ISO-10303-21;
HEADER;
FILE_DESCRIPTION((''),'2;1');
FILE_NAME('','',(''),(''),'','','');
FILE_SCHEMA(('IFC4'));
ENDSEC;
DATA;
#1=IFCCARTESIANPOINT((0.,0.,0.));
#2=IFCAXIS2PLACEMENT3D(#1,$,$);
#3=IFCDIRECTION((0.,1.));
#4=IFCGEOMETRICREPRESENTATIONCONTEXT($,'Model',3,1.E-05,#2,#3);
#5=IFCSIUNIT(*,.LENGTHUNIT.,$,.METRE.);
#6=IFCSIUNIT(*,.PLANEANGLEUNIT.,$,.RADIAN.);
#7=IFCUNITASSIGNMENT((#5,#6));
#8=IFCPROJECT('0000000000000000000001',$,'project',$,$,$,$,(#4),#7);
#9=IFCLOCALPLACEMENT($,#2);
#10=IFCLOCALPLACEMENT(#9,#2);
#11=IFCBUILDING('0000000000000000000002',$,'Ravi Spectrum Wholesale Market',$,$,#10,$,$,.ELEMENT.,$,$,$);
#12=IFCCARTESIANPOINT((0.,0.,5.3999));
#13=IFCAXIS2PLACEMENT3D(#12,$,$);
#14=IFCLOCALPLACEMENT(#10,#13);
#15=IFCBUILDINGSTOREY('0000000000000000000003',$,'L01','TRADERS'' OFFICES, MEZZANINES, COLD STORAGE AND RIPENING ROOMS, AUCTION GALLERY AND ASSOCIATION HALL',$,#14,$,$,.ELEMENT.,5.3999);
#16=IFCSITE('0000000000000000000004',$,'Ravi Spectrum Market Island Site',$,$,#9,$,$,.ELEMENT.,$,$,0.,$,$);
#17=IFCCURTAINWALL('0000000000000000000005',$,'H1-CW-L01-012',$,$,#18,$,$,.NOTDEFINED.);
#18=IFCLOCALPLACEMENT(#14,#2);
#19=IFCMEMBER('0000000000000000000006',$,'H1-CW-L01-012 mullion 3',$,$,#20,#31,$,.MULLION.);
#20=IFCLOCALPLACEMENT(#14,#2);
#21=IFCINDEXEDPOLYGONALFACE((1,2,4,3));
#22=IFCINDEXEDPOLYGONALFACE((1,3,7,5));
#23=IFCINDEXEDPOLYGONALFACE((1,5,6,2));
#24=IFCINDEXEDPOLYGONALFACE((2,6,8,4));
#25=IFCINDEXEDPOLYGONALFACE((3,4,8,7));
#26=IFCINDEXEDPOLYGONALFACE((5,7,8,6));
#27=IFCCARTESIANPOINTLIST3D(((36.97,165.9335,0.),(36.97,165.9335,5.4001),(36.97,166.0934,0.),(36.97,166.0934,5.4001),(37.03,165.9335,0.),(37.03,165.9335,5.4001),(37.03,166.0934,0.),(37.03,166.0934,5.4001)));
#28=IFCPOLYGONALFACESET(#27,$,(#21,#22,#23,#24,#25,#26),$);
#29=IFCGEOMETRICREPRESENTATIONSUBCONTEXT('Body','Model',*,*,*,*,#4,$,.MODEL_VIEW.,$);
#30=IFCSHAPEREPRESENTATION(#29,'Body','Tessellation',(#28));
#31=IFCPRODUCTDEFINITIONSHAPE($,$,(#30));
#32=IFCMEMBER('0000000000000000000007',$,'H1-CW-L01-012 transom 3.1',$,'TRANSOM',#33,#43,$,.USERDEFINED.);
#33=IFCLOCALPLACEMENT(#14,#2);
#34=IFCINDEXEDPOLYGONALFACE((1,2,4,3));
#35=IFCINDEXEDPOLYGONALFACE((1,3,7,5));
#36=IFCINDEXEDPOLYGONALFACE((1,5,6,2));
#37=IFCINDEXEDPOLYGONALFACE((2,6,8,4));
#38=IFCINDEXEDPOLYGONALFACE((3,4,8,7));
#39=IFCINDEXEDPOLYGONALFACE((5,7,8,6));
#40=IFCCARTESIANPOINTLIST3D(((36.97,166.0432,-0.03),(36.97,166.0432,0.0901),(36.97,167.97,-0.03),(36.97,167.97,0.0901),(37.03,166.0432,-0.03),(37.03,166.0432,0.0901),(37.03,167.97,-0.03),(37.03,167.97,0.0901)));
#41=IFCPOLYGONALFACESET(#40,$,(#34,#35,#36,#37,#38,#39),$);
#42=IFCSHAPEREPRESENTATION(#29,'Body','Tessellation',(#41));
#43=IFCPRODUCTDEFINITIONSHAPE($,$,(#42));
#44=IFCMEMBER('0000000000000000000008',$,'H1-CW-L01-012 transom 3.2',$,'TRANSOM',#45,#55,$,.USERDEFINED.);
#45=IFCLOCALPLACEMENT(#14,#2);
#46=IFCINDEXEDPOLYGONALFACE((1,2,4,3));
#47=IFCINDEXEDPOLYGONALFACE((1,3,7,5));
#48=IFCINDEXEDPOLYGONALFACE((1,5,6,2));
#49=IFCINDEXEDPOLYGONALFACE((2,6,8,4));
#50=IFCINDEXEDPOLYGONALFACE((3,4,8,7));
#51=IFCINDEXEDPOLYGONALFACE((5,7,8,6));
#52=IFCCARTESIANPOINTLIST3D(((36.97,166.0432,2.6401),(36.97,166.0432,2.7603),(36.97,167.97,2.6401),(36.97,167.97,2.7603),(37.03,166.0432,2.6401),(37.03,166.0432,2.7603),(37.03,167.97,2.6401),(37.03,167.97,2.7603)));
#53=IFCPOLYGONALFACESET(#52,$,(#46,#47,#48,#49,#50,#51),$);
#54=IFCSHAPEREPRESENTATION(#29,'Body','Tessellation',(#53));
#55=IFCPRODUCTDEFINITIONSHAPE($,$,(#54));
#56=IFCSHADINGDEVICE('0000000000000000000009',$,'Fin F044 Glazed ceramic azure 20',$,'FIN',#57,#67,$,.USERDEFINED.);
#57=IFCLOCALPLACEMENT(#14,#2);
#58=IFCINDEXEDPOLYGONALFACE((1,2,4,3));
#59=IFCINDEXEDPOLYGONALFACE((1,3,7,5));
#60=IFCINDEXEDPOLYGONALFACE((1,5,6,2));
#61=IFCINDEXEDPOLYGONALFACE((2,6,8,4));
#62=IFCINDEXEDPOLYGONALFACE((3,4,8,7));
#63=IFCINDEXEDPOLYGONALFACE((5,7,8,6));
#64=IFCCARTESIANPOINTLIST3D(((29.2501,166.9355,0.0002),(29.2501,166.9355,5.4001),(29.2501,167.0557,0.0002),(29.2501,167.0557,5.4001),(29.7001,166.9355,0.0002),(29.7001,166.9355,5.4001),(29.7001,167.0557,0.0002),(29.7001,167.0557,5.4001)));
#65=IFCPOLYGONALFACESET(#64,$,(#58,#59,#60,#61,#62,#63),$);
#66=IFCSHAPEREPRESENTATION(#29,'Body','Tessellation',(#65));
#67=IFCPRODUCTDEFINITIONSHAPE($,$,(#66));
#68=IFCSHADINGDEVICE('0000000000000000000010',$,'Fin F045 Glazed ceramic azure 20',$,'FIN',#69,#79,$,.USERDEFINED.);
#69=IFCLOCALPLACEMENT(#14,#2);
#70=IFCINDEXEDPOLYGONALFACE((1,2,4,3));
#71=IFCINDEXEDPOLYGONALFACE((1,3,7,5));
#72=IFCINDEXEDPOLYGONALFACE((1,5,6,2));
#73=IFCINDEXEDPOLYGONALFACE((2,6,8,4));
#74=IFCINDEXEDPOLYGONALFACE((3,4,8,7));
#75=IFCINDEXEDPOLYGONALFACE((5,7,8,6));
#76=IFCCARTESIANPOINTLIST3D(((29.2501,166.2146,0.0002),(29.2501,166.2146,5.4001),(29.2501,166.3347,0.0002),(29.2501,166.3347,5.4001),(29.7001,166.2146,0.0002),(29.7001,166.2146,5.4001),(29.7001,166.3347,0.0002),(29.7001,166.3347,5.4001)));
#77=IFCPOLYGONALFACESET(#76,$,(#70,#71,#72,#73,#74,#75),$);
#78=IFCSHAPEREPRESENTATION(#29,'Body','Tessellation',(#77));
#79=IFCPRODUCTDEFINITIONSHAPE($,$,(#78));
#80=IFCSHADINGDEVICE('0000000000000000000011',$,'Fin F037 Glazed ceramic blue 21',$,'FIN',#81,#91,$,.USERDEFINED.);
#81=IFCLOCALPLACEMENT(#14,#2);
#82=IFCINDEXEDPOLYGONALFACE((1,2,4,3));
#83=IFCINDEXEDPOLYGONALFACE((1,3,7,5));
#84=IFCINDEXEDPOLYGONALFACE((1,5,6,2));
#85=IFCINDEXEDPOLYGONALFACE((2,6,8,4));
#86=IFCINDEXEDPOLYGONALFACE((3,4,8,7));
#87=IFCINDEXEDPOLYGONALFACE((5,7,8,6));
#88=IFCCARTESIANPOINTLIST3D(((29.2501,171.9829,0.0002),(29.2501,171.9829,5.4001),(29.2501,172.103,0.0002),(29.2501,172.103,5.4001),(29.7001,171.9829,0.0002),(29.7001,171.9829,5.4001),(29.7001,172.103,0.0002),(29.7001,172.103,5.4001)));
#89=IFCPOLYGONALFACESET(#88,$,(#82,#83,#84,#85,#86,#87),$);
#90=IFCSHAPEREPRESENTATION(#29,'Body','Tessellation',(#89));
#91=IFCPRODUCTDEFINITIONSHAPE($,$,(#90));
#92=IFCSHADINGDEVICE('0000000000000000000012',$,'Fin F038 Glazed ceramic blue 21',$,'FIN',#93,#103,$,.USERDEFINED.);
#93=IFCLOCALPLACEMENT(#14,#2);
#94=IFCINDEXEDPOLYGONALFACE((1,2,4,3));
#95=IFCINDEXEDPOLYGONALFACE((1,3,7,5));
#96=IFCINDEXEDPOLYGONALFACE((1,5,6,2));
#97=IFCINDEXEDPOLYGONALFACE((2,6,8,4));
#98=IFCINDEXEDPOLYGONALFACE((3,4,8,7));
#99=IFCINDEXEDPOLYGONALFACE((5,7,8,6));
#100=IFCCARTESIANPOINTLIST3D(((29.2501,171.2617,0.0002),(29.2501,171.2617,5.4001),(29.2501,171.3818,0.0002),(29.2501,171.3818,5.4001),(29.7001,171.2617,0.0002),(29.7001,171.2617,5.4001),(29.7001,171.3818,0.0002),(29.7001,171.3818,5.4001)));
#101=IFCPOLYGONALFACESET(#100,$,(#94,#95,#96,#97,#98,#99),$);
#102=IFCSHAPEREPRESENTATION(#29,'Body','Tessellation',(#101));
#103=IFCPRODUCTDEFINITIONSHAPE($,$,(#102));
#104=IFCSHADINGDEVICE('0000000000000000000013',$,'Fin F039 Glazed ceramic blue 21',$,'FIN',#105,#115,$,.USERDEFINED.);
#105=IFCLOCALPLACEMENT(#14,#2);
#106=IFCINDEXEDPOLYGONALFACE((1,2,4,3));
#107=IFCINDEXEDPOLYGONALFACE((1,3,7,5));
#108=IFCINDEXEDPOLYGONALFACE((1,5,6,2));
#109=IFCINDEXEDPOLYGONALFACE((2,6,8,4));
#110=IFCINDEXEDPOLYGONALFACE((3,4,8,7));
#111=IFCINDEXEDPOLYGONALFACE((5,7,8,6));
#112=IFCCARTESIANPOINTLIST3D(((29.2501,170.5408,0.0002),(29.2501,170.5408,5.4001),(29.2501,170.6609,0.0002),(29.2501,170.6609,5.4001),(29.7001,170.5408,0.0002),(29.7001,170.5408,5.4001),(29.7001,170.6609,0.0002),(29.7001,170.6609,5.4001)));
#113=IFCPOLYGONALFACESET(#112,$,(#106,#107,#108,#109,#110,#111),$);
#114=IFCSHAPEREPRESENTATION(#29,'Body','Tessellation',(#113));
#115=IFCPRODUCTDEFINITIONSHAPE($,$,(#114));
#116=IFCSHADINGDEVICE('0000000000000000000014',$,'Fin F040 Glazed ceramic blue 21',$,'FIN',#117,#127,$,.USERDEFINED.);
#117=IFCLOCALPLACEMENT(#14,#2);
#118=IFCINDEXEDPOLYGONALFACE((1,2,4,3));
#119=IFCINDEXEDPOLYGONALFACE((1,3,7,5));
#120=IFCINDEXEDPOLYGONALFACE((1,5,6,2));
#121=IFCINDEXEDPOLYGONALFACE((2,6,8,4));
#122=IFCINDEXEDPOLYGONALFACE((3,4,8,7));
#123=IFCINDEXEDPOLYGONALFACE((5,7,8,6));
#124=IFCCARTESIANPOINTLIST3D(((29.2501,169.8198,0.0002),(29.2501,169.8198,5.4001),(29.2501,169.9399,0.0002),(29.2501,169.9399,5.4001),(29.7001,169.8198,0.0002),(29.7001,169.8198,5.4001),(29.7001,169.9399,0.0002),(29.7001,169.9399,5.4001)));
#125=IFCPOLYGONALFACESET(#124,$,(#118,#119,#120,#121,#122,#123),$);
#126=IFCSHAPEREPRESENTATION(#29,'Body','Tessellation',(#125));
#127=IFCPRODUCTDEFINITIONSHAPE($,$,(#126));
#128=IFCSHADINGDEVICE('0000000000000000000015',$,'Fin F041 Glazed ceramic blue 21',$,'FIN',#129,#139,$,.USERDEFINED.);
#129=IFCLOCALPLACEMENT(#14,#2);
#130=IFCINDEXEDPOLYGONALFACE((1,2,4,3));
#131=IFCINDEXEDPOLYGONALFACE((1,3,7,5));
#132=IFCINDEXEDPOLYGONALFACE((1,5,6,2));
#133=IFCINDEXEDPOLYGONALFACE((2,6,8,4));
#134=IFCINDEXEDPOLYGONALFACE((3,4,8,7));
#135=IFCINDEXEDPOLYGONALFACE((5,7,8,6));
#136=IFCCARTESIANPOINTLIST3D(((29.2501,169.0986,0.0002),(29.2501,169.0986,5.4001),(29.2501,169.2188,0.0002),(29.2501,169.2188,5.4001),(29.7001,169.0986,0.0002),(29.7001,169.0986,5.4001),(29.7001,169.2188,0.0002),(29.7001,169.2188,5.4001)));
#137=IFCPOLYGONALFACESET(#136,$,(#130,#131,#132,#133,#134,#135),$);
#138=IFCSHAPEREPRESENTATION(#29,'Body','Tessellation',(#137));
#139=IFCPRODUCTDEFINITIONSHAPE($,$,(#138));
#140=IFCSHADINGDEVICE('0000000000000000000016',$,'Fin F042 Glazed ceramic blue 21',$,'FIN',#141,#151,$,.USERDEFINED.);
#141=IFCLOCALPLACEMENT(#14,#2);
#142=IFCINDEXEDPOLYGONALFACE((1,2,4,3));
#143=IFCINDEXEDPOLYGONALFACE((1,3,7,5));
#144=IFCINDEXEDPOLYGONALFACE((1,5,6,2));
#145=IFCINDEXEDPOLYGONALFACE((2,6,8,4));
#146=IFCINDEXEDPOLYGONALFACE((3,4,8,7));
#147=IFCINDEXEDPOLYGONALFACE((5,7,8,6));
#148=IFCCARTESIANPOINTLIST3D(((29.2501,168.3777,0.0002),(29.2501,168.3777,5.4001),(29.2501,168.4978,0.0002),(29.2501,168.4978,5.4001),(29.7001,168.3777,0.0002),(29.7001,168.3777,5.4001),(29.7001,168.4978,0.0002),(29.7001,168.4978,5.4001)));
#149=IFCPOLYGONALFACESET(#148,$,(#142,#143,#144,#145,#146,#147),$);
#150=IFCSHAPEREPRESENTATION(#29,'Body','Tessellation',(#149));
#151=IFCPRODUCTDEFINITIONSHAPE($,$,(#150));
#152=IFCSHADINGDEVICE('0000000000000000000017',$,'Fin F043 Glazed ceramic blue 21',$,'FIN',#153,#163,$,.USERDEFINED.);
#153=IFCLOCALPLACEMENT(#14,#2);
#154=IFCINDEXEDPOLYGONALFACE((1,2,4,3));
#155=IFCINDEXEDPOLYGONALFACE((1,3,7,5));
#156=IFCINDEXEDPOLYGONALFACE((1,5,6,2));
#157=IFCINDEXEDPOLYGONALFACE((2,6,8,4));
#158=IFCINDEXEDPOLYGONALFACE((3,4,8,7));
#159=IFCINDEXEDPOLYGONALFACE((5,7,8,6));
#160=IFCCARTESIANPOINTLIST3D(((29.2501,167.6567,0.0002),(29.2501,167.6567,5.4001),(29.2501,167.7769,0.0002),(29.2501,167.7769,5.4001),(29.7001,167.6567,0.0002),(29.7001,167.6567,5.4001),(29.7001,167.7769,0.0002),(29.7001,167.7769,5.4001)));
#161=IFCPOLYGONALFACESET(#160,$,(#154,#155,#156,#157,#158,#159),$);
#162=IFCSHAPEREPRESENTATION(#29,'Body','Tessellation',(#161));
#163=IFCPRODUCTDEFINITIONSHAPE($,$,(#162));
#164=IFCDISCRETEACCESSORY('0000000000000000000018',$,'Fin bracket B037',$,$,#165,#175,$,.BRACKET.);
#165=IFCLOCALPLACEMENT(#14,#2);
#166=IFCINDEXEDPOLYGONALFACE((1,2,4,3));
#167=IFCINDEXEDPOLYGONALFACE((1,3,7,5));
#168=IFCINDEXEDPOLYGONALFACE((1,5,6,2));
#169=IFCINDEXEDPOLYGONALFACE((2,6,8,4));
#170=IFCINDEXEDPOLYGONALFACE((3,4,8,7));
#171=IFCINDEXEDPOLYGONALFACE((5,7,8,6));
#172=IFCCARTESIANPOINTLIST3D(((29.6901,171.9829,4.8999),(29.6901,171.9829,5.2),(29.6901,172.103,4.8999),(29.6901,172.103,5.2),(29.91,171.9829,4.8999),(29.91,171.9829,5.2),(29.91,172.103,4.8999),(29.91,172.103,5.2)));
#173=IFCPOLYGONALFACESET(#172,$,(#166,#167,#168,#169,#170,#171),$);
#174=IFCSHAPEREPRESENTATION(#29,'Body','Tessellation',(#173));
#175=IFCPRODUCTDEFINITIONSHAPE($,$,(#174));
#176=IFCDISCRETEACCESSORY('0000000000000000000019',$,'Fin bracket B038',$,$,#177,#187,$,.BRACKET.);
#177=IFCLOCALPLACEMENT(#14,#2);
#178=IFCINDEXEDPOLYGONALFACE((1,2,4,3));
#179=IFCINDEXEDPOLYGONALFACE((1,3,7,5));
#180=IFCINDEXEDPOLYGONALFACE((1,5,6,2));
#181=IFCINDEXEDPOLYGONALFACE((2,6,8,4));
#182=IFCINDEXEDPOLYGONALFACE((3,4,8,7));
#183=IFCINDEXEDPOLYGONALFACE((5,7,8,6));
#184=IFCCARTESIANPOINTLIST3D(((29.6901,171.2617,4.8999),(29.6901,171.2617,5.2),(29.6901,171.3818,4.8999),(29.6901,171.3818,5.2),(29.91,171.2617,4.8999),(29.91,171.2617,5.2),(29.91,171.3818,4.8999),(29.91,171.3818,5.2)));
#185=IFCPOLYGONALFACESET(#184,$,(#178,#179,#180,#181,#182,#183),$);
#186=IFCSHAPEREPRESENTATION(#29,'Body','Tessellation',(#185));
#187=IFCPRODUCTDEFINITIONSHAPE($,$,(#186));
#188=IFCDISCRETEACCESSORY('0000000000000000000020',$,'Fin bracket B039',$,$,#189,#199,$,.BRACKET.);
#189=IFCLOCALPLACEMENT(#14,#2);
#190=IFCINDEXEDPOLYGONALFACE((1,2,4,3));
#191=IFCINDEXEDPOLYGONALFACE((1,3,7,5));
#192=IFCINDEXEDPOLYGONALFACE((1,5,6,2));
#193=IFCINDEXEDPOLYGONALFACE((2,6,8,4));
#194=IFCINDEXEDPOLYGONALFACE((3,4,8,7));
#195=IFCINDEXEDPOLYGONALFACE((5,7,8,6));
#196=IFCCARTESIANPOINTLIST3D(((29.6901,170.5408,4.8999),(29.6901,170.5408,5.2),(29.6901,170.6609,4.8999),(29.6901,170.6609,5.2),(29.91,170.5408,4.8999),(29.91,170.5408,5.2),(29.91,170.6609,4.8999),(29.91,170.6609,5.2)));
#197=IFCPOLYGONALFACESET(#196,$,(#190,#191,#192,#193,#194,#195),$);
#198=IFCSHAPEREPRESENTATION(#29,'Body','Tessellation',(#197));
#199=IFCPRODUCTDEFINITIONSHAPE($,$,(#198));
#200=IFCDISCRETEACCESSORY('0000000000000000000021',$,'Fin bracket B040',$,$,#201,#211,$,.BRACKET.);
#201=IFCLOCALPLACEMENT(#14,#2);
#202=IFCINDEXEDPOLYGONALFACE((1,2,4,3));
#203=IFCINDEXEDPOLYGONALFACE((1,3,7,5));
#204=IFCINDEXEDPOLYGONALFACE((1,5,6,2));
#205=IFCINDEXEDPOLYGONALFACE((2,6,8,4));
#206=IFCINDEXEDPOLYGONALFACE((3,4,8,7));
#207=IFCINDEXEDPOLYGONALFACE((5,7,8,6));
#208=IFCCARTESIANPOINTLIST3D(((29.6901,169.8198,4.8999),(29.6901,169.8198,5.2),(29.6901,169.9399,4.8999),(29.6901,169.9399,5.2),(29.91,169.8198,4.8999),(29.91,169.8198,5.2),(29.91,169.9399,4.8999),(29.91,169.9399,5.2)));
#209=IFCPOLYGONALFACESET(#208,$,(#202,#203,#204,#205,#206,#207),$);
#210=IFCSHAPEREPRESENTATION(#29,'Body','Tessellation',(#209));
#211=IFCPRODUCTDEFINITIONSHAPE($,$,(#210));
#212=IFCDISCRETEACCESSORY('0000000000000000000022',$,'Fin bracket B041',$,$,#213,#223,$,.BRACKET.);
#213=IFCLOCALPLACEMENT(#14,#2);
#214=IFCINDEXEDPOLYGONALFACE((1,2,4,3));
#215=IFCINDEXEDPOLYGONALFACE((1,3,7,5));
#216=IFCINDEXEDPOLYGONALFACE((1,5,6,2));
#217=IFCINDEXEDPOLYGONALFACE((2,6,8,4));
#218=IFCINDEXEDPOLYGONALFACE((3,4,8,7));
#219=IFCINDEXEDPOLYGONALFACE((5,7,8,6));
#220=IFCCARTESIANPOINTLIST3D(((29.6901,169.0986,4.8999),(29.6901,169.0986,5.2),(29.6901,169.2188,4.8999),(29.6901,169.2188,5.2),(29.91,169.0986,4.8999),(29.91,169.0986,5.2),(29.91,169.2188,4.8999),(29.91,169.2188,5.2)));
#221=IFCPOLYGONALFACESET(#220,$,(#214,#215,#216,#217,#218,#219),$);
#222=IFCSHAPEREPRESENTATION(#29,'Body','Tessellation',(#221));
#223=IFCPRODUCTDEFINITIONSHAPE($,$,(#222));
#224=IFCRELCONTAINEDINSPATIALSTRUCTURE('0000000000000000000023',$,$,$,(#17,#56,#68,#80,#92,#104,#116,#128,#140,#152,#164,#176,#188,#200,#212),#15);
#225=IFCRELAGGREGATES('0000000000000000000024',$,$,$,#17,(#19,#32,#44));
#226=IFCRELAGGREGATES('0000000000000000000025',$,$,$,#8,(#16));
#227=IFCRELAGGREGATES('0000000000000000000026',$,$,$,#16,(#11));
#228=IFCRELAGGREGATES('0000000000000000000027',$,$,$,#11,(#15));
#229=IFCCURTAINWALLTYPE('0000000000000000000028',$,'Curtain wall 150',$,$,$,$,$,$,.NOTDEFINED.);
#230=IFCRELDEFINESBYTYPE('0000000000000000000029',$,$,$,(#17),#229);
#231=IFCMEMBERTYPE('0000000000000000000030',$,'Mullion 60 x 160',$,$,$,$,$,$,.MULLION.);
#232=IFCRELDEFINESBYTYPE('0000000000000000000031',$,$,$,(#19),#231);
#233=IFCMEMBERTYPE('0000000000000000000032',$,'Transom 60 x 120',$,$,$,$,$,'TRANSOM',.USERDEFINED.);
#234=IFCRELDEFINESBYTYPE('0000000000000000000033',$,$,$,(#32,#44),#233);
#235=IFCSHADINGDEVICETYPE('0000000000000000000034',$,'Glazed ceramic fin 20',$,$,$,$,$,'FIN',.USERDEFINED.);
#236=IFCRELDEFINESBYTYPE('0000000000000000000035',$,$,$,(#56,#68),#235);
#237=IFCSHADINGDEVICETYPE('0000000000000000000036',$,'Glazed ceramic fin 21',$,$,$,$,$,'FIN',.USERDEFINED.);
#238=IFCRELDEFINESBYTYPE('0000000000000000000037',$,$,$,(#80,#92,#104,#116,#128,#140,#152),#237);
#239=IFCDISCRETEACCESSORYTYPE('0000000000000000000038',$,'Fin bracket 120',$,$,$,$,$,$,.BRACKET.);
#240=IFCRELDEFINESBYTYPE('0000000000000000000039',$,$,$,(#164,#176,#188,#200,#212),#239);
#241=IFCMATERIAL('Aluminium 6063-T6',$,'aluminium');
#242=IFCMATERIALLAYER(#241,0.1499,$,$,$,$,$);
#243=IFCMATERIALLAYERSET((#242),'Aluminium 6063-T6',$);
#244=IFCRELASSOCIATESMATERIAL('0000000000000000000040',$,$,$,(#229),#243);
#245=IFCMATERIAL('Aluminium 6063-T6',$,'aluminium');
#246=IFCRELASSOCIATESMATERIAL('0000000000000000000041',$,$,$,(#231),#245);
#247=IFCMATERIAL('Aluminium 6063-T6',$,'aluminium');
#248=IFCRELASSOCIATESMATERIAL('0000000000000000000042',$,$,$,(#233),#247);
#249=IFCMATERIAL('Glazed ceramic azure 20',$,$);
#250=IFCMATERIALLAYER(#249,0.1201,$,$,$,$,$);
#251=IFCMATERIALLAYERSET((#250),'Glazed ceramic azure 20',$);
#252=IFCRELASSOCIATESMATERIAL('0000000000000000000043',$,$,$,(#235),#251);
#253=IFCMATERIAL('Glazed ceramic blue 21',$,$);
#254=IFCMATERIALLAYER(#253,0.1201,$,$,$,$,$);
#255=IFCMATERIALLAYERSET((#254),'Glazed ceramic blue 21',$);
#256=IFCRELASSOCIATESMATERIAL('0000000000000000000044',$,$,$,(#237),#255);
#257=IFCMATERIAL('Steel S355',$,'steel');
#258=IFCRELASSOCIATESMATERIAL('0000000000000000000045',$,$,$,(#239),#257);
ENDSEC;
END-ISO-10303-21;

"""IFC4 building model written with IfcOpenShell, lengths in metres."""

from ifc_helpers import new_model, si_unit, direction, frame, origin, origin_2d, place, context, subcontext, project, spatial, rectangle, extrude, material, layer, layer_set, material_profile, profile_set, type_object, element, aggregate, save


model = new_model("IFC4")

# Units and contexts
model_context = context("Model", 3, precision=1e-05, world=origin(), true_north=direction((0.0, 1.0)))
body_context = subcontext(model_context, "Body", "Model", "MODEL_VIEW")
ifc_project = project(units=[si_unit("LENGTHUNIT", "METRE"), si_unit("PLANEANGLEUNIT", "RADIAN")], contexts=[model_context])

# Site, building, storey
site_placement = place(None, origin())
site = spatial("IfcSite", under=ifc_project, at=site_placement, Name="Ravi Spectrum Market Island Site", CompositionType="ELEMENT", RefElevation=0.0)
building_placement = place(site_placement, origin())
building = spatial("IfcBuilding", under=site, at=building_placement, Name="Ravi Spectrum Wholesale Market", CompositionType="ELEMENT")
storey_placement = place(building_placement, frame((0.0, 0.0, 5.3999)))
storey = spatial("IfcBuildingStorey", under=building, at=storey_placement, Name="L01", Description="TRADERS' OFFICES, MEZZANINES, COLD STORAGE AND RIPENING ROOMS, AUCTION GALLERY AND ASSOCIATION HALL", CompositionType="ELEMENT", Elevation=5.3999)

# Curtain wall, members
ifc_material_1 = material(Name="Aluminium 6063-T6", Category="aluminium")
ifc_layer_1 = layer(ifc_material_1, 0.1499)
ifc_layer_set_1 = layer_set([ifc_layer_1], Name="Aluminium 6063-T6")
curtain_wall_type = type_object("IfcCurtainWallType", Name="Curtain wall 150", PredefinedType="NOTDEFINED", material=ifc_layer_set_1)
curtain_wall_placement = place(storey_placement, origin())
curtain_wall = element("IfcCurtainWall", 1, at=curtain_wall_placement, inside=storey, type_object=curtain_wall_type, Name="H1-CW-L01-012", PredefinedType="NOTDEFINED")
ifc_material_2 = material(Name="Aluminium 6063-T6", Category="aluminium")
ifc_material_profile_1 = material_profile(ifc_material_2, rectangle(XDim=0.0601, YDim=0.1599, at=origin_2d()))
ifc_profile_set_1 = profile_set([ifc_material_profile_1], Name="Aluminium 6063-T6")
member_type_1 = type_object("IfcMemberType", Name="Mullion 60 x 160", PredefinedType="MULLION", material=ifc_profile_set_1)
member_1_placement = place(storey_placement, frame((37.0, 166.0134, 0.0), z_axis=(0.0, 0.0, 1.0), x_axis=(-1.0, 0.0, 0.0)))
member_1 = element("IfcMember", 2, at=member_1_placement, type_object=member_type_1, Name="H1-CW-L01-012 mullion 3", PredefinedType="MULLION", context=body_context, shape_type="SweptSolid", body=[
    extrude(rectangle(XDim=0.0601, YDim=0.1599, at=origin_2d()), origin(), (0.0, 0.0, 1.0), 5.4001),
])
ifc_material_3 = material(Name="Aluminium 6063-T6", Category="aluminium")
ifc_material_profile_2 = material_profile(ifc_material_3, rectangle(XDim=0.0601, YDim=0.1201, at=origin_2d()))
ifc_profile_set_2 = profile_set([ifc_material_profile_2], Name="Aluminium 6063-T6")
member_type_2 = type_object("IfcMemberType", Name="Transom 60 x 120", ElementType="TRANSOM", PredefinedType="USERDEFINED", material=ifc_profile_set_2)
member_2_placement = place(storey_placement, frame((37.0, 166.0432, 0.03), z_axis=(0.0, 1.0, 0.0), x_axis=(-1.0, 0.0, 0.0)))
member_2 = element("IfcMember", 3, at=member_2_placement, type_object=member_type_2, Name="H1-CW-L01-012 transom 3.1", ObjectType="TRANSOM", PredefinedType="USERDEFINED", context=body_context, shape_type="SweptSolid", body=[
    extrude(rectangle(XDim=0.0601, YDim=0.1201, at=origin_2d()), origin(), (0.0, 0.0, 1.0), 1.9268),
])
member_3_placement = place(storey_placement, frame((37.0, 166.0432, 2.7002), z_axis=(0.0, 1.0, 0.0), x_axis=(-1.0, 0.0, 0.0)))
member_3 = element("IfcMember", 4, at=member_3_placement, type_object=member_type_2, Name="H1-CW-L01-012 transom 3.2", ObjectType="TRANSOM", PredefinedType="USERDEFINED", context=body_context, shape_type="SweptSolid", body=[
    extrude(rectangle(XDim=0.0601, YDim=0.1201, at=origin_2d()), origin(), (0.0, 0.0, 1.0), 1.9268),
])
aggregate(curtain_wall, [member_1, member_2, member_3])

# Shading devices
ifc_material_4 = material(Name="Glazed ceramic azure 20")
ifc_layer_2 = layer(ifc_material_4, 0.1201)
ifc_layer_set_2 = layer_set([ifc_layer_2], Name="Glazed ceramic azure 20")
shading_device_type_1 = type_object("IfcShadingDeviceType", Name="Glazed ceramic fin 20", ElementType="FIN", PredefinedType="USERDEFINED", material=ifc_layer_set_2)
for number, where, z_axis, x_axis, name in (
    (5, (29.4751, 166.9956, 0.0002), (0.0, 0.0, 1.0), (0.0, -1.0, 0.0), "Fin F044 Glazed ceramic azure 20"),
    (6, (29.4751, 166.2747, 0.0002), (0.0, 0.0, 1.0), (0.0, -1.0, 0.0), "Fin F045 Glazed ceramic azure 20"),
):
    element("IfcShadingDevice", number, at=place(storey_placement, frame(where, z_axis=z_axis, x_axis=x_axis)), inside=storey, type_object=shading_device_type_1, Name=name, ObjectType="FIN", PredefinedType="USERDEFINED", context=body_context, shape_type="SweptSolid", body=[
        extrude(rectangle(XDim=0.1201, YDim=0.45, at=origin_2d()), origin(), (0.0, 0.0, 1.0), 5.3999),
    ])
ifc_material_5 = material(Name="Glazed ceramic blue 21")
ifc_layer_3 = layer(ifc_material_5, 0.1201)
ifc_layer_set_3 = layer_set([ifc_layer_3], Name="Glazed ceramic blue 21")
shading_device_type_2 = type_object("IfcShadingDeviceType", Name="Glazed ceramic fin 21", ElementType="FIN", PredefinedType="USERDEFINED", material=ifc_layer_set_3)
for number, where, z_axis, x_axis, name in (
    (7, (29.4751, 172.043, 0.0002), (0.0, 0.0, 1.0), (0.0, -1.0, 0.0), "Fin F037 Glazed ceramic blue 21"),
    (8, (29.4751, 171.3218, 0.0002), (0.0, 0.0, 1.0), (0.0, -1.0, 0.0), "Fin F038 Glazed ceramic blue 21"),
    (9, (29.4751, 170.6008, 0.0002), (0.0, 0.0, 1.0), (0.0, -1.0, 0.0), "Fin F039 Glazed ceramic blue 21"),
    (10, (29.4751, 169.8799, 0.0002), (0.0, 0.0, 1.0), (0.0, -1.0, 0.0), "Fin F040 Glazed ceramic blue 21"),
    (11, (29.4751, 169.1587, 0.0002), (0.0, 0.0, 1.0), (0.0, -1.0, 0.0), "Fin F041 Glazed ceramic blue 21"),
    (12, (29.4751, 168.4377, 0.0002), (0.0, 0.0, 1.0), (0.0, -1.0, 0.0), "Fin F042 Glazed ceramic blue 21"),
    (13, (29.4751, 167.7168, 0.0002), (0.0, 0.0, 1.0), (0.0, -1.0, 0.0), "Fin F043 Glazed ceramic blue 21"),
):
    element("IfcShadingDevice", number, at=place(storey_placement, frame(where, z_axis=z_axis, x_axis=x_axis)), inside=storey, type_object=shading_device_type_2, Name=name, ObjectType="FIN", PredefinedType="USERDEFINED", context=body_context, shape_type="SweptSolid", body=[
        extrude(rectangle(XDim=0.1201, YDim=0.45, at=origin_2d()), origin(), (0.0, 0.0, 1.0), 5.3999),
    ])

# Discrete accessories
ifc_material_6 = material(Name="Steel S355", Category="steel")
discrete_accessory_type = type_object("IfcDiscreteAccessoryType", Name="Fin bracket 120", PredefinedType="BRACKET", material=ifc_material_6)
for number, where, z_axis, x_axis, name in (
    (14, (29.8, 172.043, 4.8999), (0.0, 0.0, 1.0), (0.0, -1.0, 0.0), "Fin bracket B037"),
    (15, (29.8, 171.3218, 4.8999), (0.0, 0.0, 1.0), (0.0, -1.0, 0.0), "Fin bracket B038"),
    (16, (29.8, 170.6008, 4.8999), (0.0, 0.0, 1.0), (0.0, -1.0, 0.0), "Fin bracket B039"),
    (17, (29.8, 169.8799, 4.8999), (0.0, 0.0, 1.0), (0.0, -1.0, 0.0), "Fin bracket B040"),
    (18, (29.8, 169.1587, 4.8999), (0.0, 0.0, 1.0), (0.0, -1.0, 0.0), "Fin bracket B041"),
):
    element("IfcDiscreteAccessory", number, at=place(storey_placement, frame(where, z_axis=z_axis, x_axis=x_axis)), inside=storey, type_object=discrete_accessory_type, Name=name, PredefinedType="BRACKET", context=body_context, shape_type="SweptSolid", body=[
        extrude(rectangle(XDim=0.1201, YDim=0.22, at=origin_2d()), origin(), (0.0, 0.0, 1.0), 0.3),
    ])

save(model, "model.ifc")
